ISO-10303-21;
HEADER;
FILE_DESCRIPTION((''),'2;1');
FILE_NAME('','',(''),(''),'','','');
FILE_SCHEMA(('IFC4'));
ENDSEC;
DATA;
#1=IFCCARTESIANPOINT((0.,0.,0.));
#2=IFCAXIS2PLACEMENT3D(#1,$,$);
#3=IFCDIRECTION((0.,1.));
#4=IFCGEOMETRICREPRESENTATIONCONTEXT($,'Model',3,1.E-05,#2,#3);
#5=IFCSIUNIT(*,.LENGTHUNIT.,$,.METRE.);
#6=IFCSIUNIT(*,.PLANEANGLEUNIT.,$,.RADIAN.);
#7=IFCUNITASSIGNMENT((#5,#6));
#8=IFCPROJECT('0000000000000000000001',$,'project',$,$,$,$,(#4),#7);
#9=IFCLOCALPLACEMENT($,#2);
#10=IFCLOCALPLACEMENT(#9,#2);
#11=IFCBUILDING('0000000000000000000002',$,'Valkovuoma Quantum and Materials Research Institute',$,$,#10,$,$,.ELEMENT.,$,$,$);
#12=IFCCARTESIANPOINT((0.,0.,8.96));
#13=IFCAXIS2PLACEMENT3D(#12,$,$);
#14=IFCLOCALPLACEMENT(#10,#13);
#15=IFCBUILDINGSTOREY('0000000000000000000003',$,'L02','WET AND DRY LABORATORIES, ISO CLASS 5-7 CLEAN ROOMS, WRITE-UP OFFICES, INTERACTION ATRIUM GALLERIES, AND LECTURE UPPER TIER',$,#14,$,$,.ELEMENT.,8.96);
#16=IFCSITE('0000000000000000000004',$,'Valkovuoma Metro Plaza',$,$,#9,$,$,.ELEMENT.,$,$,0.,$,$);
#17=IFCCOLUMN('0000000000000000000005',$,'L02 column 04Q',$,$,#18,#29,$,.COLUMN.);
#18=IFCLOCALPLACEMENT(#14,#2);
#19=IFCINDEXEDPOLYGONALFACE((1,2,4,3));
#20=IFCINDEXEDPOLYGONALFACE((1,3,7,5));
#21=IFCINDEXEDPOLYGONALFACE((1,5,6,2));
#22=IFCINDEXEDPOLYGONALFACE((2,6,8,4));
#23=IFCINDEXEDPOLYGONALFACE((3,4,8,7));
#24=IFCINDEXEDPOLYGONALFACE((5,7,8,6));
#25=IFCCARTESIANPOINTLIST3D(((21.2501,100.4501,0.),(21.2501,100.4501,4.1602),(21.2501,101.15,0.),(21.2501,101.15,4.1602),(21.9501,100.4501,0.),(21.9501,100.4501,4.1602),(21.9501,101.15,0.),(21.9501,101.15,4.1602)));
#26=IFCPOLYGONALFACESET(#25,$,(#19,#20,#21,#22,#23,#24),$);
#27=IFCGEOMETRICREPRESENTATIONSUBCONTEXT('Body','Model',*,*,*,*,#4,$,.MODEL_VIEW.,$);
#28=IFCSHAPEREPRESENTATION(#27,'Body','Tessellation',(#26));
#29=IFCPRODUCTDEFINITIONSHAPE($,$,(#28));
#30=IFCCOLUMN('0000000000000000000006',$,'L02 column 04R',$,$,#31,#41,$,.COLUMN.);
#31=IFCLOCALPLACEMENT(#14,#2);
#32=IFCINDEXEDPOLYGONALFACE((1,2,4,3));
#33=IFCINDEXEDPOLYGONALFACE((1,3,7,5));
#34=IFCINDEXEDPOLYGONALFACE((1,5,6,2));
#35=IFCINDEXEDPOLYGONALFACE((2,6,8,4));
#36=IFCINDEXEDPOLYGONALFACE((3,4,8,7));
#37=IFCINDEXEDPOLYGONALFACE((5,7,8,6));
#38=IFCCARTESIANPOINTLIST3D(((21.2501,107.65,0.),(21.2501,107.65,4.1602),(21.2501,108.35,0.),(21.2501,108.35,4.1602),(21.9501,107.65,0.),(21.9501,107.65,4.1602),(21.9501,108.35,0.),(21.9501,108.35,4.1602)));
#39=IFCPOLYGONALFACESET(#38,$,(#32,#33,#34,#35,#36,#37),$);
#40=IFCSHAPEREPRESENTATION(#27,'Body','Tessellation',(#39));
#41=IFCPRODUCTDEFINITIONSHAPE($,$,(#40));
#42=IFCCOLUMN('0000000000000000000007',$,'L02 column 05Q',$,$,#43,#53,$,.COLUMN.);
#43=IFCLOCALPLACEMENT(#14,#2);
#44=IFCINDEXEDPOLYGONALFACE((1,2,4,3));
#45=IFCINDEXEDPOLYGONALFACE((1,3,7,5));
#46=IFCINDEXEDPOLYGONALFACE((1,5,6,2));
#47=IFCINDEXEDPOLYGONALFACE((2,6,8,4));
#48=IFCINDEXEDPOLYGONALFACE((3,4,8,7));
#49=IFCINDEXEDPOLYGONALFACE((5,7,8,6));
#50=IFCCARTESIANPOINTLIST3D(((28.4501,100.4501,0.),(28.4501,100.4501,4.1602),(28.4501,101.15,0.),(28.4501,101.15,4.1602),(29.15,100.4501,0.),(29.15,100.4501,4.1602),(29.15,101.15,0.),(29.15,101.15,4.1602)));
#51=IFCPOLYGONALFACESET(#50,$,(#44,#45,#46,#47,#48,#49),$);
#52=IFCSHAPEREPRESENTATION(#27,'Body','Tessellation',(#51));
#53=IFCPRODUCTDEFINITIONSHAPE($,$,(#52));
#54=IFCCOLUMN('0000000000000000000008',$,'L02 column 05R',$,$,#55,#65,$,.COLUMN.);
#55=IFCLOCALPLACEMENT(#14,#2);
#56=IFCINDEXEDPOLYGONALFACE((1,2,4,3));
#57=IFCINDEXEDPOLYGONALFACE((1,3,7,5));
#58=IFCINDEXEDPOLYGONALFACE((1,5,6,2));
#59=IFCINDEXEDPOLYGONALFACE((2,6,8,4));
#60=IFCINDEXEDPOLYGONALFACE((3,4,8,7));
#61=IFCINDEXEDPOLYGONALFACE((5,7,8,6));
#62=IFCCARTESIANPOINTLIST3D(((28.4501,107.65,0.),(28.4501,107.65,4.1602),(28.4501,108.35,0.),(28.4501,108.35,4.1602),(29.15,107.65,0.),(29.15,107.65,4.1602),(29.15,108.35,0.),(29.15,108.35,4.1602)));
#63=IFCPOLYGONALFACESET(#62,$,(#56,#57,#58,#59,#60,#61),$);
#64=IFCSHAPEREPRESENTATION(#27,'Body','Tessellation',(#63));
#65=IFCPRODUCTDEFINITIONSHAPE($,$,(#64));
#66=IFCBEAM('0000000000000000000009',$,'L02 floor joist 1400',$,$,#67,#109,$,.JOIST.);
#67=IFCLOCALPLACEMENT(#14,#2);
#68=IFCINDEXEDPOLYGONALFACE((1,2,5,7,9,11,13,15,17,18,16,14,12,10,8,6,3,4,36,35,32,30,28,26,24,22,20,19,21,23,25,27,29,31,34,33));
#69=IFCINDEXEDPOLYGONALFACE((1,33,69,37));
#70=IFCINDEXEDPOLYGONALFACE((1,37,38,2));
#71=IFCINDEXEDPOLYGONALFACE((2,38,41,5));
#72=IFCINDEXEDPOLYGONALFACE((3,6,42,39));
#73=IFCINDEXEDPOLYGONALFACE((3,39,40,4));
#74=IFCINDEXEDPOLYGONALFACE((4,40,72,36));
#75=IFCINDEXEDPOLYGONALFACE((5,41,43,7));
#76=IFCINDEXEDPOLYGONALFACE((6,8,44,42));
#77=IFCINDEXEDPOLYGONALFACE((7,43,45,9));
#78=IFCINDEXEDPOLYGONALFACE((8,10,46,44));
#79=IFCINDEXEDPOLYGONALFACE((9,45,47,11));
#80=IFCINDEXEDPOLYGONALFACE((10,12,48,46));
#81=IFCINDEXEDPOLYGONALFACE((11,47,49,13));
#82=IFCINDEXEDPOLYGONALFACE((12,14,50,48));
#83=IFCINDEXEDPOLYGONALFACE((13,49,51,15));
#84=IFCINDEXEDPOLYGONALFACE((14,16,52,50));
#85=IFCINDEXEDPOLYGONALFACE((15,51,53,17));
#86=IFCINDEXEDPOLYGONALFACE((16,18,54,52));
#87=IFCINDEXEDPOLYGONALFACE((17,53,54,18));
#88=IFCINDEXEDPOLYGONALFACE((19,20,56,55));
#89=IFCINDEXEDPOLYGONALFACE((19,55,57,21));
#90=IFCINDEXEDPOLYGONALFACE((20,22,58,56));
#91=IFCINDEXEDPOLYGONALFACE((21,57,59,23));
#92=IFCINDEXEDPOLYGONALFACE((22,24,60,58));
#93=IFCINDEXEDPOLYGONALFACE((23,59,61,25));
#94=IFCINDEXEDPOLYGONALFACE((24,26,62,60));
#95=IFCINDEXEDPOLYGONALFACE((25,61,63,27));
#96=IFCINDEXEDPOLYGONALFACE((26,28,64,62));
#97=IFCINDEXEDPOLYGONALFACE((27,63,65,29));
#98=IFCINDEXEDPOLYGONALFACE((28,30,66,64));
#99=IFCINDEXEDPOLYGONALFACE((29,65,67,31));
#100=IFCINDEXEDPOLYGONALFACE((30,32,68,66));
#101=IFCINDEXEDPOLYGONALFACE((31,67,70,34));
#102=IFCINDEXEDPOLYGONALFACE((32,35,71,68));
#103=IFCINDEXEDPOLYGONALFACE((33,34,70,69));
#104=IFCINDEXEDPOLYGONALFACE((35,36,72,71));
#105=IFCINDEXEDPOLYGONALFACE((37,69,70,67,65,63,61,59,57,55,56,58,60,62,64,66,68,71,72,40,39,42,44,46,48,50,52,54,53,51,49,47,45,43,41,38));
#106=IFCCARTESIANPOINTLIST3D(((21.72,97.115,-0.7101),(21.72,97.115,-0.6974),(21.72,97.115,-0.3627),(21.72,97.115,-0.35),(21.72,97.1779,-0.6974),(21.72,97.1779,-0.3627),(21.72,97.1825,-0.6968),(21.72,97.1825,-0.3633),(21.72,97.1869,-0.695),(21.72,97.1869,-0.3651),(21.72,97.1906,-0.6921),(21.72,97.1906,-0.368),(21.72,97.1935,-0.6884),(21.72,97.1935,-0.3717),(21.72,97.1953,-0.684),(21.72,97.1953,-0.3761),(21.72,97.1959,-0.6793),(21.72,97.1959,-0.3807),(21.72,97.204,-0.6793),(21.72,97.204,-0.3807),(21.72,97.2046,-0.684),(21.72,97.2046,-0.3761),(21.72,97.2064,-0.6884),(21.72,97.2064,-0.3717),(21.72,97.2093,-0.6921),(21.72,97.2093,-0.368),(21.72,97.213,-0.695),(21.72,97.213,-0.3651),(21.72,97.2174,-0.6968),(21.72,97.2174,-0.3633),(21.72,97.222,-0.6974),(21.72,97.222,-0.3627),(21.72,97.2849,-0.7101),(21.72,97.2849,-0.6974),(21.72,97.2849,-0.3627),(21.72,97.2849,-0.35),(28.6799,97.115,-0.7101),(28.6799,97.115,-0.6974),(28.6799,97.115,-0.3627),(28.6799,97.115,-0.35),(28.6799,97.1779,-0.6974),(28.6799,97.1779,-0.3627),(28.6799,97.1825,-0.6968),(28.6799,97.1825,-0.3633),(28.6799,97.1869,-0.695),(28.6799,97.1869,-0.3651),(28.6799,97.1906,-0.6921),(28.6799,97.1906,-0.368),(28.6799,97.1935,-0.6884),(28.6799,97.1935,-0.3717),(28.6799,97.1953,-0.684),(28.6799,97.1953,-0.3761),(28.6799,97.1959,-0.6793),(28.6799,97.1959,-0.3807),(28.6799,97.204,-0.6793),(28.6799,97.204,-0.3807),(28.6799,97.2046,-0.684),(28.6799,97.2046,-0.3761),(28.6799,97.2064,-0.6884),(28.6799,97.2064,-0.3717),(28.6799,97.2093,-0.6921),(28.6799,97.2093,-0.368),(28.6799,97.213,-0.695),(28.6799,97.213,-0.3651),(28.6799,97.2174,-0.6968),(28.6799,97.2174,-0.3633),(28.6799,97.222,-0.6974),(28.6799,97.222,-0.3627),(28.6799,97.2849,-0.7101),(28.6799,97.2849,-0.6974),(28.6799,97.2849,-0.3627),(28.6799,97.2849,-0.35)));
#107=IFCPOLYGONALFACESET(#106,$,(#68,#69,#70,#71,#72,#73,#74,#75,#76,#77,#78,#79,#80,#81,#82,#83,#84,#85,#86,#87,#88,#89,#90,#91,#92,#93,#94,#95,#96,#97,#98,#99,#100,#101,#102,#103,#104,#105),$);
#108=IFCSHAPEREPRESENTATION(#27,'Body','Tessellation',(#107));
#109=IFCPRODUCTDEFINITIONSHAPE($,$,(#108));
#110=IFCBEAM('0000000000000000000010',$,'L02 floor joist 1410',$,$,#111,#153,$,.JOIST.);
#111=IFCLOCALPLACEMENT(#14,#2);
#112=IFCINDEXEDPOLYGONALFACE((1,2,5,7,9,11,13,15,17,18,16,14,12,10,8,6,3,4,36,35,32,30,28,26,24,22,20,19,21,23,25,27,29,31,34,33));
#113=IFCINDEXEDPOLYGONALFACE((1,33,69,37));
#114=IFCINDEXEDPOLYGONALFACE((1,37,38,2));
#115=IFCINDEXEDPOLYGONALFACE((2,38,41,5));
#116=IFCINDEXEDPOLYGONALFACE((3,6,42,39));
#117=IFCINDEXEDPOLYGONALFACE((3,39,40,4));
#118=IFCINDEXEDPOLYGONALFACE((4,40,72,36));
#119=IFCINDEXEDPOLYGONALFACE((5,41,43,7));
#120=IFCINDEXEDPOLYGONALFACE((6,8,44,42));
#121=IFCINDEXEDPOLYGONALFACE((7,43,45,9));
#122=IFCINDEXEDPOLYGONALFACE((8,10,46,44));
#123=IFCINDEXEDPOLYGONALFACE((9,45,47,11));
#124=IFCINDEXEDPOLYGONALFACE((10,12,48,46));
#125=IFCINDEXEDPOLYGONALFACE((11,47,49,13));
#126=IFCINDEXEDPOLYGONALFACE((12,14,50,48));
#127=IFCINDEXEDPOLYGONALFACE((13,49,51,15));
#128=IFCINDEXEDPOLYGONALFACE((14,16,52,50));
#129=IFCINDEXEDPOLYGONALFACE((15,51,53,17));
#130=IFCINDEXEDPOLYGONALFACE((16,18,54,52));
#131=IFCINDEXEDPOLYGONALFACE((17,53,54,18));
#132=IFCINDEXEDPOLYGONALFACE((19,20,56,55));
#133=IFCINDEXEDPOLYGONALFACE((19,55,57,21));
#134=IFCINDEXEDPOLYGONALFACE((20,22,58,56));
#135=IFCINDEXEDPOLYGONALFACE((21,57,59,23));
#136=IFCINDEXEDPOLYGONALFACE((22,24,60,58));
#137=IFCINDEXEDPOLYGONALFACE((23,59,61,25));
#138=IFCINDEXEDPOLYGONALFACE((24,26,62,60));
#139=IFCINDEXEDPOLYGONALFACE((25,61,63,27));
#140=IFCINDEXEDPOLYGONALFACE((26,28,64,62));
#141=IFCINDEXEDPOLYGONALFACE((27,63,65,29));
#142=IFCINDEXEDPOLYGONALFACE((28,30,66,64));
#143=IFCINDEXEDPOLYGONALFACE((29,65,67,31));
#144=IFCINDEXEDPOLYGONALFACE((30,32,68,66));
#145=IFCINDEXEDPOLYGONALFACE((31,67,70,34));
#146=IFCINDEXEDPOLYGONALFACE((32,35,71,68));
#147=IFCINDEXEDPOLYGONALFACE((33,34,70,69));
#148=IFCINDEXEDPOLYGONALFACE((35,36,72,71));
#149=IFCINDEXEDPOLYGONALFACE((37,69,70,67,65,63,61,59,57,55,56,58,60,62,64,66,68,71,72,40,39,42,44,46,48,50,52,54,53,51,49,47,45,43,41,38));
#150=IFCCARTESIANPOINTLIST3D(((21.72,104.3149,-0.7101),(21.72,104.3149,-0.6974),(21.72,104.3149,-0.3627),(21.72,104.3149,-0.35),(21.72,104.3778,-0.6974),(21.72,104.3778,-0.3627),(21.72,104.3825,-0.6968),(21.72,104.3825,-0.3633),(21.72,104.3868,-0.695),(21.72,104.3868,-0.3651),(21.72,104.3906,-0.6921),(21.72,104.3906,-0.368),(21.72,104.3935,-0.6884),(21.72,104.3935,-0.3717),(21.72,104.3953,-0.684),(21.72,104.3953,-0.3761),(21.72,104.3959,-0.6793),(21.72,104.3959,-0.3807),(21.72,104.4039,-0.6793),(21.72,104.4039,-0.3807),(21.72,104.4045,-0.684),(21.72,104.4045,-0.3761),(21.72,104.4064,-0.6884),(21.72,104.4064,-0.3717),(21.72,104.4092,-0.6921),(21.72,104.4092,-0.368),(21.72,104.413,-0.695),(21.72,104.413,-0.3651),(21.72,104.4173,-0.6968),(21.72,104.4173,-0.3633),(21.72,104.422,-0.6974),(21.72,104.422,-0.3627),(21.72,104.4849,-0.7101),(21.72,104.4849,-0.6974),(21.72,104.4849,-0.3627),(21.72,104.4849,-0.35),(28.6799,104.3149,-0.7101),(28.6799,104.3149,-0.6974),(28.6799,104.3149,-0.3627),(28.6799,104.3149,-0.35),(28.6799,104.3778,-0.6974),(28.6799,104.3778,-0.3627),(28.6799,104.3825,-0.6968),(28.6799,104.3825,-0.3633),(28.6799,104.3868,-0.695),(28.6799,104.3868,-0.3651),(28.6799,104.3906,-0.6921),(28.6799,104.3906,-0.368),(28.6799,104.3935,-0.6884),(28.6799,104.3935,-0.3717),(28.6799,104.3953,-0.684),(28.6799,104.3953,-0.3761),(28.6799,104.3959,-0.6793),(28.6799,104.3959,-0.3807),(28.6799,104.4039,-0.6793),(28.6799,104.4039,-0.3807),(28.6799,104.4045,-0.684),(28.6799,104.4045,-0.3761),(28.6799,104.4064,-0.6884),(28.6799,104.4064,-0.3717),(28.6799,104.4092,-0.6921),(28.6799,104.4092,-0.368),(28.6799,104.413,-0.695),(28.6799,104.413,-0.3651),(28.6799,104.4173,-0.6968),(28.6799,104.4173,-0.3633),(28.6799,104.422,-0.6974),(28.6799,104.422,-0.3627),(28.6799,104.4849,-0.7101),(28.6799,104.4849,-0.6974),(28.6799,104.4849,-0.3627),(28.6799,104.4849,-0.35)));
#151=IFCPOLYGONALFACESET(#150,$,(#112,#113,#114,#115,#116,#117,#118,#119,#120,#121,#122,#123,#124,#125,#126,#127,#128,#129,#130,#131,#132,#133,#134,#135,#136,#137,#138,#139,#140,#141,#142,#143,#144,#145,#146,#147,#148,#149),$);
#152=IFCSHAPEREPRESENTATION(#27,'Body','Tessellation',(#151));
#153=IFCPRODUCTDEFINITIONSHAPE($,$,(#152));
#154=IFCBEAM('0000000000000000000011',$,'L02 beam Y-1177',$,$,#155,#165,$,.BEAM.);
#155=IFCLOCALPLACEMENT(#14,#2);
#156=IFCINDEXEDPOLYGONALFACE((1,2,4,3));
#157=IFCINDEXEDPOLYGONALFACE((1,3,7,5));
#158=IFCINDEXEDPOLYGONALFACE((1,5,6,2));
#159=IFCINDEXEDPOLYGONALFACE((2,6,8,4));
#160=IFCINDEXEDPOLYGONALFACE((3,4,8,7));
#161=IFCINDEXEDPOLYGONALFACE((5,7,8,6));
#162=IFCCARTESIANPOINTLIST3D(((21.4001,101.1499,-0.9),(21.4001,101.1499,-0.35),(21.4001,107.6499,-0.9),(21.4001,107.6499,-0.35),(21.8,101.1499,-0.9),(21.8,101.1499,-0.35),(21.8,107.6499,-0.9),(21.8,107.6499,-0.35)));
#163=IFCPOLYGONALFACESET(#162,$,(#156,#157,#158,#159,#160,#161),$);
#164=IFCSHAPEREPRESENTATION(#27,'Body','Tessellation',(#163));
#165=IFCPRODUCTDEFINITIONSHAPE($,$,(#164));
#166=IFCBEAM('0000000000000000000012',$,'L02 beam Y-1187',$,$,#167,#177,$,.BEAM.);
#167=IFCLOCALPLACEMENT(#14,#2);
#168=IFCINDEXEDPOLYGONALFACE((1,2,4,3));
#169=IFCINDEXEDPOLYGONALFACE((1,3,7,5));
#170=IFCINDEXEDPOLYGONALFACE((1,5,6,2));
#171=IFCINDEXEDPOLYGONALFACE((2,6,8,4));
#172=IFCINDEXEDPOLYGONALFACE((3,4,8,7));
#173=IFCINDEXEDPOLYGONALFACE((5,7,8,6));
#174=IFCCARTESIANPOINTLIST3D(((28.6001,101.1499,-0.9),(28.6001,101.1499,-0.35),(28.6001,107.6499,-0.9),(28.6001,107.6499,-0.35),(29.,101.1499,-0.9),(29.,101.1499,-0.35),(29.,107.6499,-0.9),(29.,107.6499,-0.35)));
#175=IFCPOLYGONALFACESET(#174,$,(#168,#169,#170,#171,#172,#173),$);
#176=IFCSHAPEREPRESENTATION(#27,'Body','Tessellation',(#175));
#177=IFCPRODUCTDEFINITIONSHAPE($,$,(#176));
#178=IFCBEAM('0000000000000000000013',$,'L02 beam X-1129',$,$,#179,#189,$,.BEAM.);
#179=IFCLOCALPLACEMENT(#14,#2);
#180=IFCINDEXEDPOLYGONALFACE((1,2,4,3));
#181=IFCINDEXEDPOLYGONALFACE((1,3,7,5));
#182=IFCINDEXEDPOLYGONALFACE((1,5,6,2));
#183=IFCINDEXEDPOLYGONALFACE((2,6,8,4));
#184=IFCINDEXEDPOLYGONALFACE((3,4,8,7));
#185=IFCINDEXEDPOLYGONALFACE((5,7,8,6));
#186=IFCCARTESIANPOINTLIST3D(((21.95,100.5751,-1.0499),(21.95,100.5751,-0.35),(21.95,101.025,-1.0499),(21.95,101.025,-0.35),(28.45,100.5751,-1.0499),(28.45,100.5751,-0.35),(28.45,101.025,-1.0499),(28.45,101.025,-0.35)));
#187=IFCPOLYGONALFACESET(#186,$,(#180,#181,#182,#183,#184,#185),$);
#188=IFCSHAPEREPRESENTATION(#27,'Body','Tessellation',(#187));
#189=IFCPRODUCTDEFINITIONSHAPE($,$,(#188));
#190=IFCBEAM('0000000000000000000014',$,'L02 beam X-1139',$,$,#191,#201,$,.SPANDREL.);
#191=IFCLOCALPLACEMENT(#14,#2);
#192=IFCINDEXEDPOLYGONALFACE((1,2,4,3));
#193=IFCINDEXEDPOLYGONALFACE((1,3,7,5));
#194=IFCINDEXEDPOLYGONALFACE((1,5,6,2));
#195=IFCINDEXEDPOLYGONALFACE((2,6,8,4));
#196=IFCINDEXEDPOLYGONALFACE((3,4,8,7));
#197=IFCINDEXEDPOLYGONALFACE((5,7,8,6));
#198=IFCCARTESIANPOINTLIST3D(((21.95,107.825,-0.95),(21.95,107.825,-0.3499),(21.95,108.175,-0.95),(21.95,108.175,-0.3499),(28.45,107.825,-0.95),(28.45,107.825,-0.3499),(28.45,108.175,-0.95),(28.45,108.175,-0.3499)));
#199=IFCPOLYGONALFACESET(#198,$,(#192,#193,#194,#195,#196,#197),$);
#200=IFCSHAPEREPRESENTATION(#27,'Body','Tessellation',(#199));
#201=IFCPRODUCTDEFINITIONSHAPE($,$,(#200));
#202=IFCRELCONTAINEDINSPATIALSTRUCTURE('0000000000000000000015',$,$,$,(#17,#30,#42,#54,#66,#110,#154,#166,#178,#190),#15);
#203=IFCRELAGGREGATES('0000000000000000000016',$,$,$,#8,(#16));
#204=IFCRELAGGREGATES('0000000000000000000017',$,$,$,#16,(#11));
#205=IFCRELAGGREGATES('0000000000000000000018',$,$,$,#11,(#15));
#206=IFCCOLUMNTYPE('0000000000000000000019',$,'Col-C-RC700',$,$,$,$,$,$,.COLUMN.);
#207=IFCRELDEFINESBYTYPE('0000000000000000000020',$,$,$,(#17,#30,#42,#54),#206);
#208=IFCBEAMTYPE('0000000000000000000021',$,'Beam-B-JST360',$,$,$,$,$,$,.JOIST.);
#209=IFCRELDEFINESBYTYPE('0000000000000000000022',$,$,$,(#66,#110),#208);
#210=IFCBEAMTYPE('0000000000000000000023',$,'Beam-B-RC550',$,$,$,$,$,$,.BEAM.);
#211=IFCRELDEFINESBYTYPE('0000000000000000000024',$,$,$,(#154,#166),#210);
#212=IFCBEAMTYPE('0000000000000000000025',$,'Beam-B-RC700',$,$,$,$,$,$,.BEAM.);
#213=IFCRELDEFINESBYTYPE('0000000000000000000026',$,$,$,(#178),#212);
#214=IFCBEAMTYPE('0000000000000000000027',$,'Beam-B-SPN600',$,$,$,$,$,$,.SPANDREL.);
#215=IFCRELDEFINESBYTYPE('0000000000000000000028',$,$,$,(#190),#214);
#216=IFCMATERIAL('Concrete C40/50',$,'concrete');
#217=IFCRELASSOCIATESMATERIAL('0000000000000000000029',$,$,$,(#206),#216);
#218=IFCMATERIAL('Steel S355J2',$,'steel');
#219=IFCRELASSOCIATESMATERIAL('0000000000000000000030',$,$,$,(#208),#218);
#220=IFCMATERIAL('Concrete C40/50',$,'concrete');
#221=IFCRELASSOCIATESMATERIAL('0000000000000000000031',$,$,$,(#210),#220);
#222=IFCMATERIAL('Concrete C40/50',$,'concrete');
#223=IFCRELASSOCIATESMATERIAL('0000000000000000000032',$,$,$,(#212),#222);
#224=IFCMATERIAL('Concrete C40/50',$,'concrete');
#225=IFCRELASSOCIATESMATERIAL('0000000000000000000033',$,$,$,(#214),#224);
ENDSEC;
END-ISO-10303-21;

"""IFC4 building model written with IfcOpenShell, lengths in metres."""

from ifc_helpers import new_model, si_unit, direction, frame, origin, origin_2d, place, context, subcontext, project, spatial, rectangle, i_section, extrude, material, material_profile, profile_set, type_object, element, save


model = new_model("IFC4")

# Units and contexts
model_context = context("Model", 3, precision=1e-05, world=origin(), true_north=direction((0.0, 1.0)))
body_context = subcontext(model_context, "Body", "Model", "MODEL_VIEW")
ifc_project = project(units=[si_unit("LENGTHUNIT", "METRE"), si_unit("PLANEANGLEUNIT", "RADIAN")], contexts=[model_context])

# Site, building, storey
site_placement = place(None, origin())
site = spatial("IfcSite", under=ifc_project, at=site_placement, Name="Valkovuoma Metro Plaza", CompositionType="ELEMENT", RefElevation=0.0)
building_placement = place(site_placement, origin())
building = spatial("IfcBuilding", under=site, at=building_placement, Name="Valkovuoma Quantum and Materials Research Institute", CompositionType="ELEMENT")
storey_placement = place(building_placement, frame((0.0, 0.0, 8.96)))
storey = spatial("IfcBuildingStorey", under=building, at=storey_placement, Name="L02", Description="WET AND DRY LABORATORIES, ISO CLASS 5-7 CLEAN ROOMS, WRITE-UP OFFICES, INTERACTION ATRIUM GALLERIES, AND LECTURE UPPER TIER", CompositionType="ELEMENT", Elevation=8.96)

# Columns
ifc_material_1 = material(Name="Concrete C40/50", Category="concrete")
ifc_material_profile_1 = material_profile(ifc_material_1, rectangle(XDim=0.7, YDim=0.7, at=origin_2d()), Name="Concrete C40/50")
ifc_profile_set_1 = profile_set([ifc_material_profile_1], Name="Concrete C40/50")
column_type = type_object("IfcColumnType", Name="Col-C-RC700", PredefinedType="COLUMN", material=ifc_profile_set_1)
for number, where, z_axis, x_axis, name in (
    (1, (21.6001, 100.8, 0.0), (0.0, 0.0, 1.0), (1.0, 0.0, 0.0), "L02 column 04Q"),
    (2, (21.6001, 108.0, 0.0), (0.0, 0.0, 1.0), (1.0, 0.0, 0.0), "L02 column 04R"),
    (3, (28.8, 100.8, 0.0), (0.0, 0.0, 1.0), (1.0, 0.0, 0.0), "L02 column 05Q"),
    (4, (28.8, 108.0, 0.0), (0.0, 0.0, 1.0), (1.0, 0.0, 0.0), "L02 column 05R"),
):
    element("IfcColumn", number, at=place(storey_placement, frame(where, z_axis=z_axis, x_axis=x_axis)), inside=storey, type_object=column_type, Name=name, PredefinedType="COLUMN", context=body_context, shape_type="SweptSolid", body=[
        extrude(rectangle(XDim=0.7, YDim=0.7, at=origin_2d()), origin(), (0.0, 0.0, 1.0), 4.1602),
    ])

# Beams
ifc_material_2 = material(Name="Steel S355J2", Category="steel")
ifc_material_profile_2 = material_profile(ifc_material_2, i_section(OverallWidth=0.1699, OverallDepth=0.3601, WebThickness=0.0081, FlangeThickness=0.0127, FilletRadius=0.0181, at=origin_2d()), Name="Steel S355J2")
ifc_profile_set_2 = profile_set([ifc_material_profile_2], Name="Steel S355J2")
beam_type_1 = type_object("IfcBeamType", Name="Beam-B-JST360", PredefinedType="JOIST", material=ifc_profile_set_2)
for number, where, z_axis, x_axis, name in (
    (5, (21.72, 97.2, -0.53), (1.0, 0.0, 0.0), (0.0, 1.0, 0.0), "L02 floor joist 1400"),
    (6, (21.72, 104.3999, -0.53), (1.0, 0.0, 0.0), (0.0, 1.0, 0.0), "L02 floor joist 1410"),
):
    element("IfcBeam", number, at=place(storey_placement, frame(where, z_axis=z_axis, x_axis=x_axis)), inside=storey, type_object=beam_type_1, Name=name, PredefinedType="JOIST", context=body_context, shape_type="SweptSolid", body=[
        extrude(i_section(OverallWidth=0.1699, OverallDepth=0.3601, WebThickness=0.0081, FlangeThickness=0.0127, FilletRadius=0.0181, at=origin_2d()), origin(), (0.0, 0.0, 1.0), 6.96),
    ])
ifc_material_3 = material(Name="Concrete C40/50", Category="concrete")
ifc_material_profile_3 = material_profile(ifc_material_3, rectangle(XDim=0.3999, YDim=0.55, at=origin_2d()), Name="Concrete C40/50")
ifc_profile_set_3 = profile_set([ifc_material_profile_3], Name="Concrete C40/50")
beam_type_2 = type_object("IfcBeamType", Name="Beam-B-RC550", PredefinedType="BEAM", material=ifc_profile_set_3)
for number, where, z_axis, x_axis, name in (
    (7, (21.6001, 101.1499, -0.625), (0.0, 1.0, 0.0), (-1.0, 0.0, 0.0), "L02 beam Y-1177"),
    (8, (28.8, 101.1499, -0.625), (0.0, 1.0, 0.0), (-1.0, 0.0, 0.0), "L02 beam Y-1187"),
):
    element("IfcBeam", number, at=place(storey_placement, frame(where, z_axis=z_axis, x_axis=x_axis)), inside=storey, type_object=beam_type_2, Name=name, PredefinedType="BEAM", context=body_context, shape_type="SweptSolid", body=[
        extrude(rectangle(XDim=0.3999, YDim=0.55, at=origin_2d()), origin(), (0.0, 0.0, 1.0), 6.5),
    ])
ifc_material_4 = material(Name="Concrete C40/50", Category="concrete")
ifc_material_profile_4 = material_profile(ifc_material_4, rectangle(XDim=0.45, YDim=0.7, at=origin_2d()), Name="Concrete C40/50")
ifc_profile_set_4 = profile_set([ifc_material_profile_4], Name="Concrete C40/50")
beam_type_3 = type_object("IfcBeamType", Name="Beam-B-RC700", PredefinedType="BEAM", material=ifc_profile_set_4)
beam_1_placement = place(storey_placement, frame((21.95, 100.8, -0.7), z_axis=(1.0, 0.0, 0.0), x_axis=(0.0, 1.0, 0.0)))
element("IfcBeam", 9, at=beam_1_placement, inside=storey, type_object=beam_type_3, Name="L02 beam X-1129", PredefinedType="BEAM", context=body_context, shape_type="SweptSolid", body=[
    extrude(rectangle(XDim=0.45, YDim=0.7, at=origin_2d()), origin(), (0.0, 0.0, 1.0), 6.5),
])
ifc_material_5 = material(Name="Concrete C40/50", Category="concrete")
ifc_material_profile_5 = material_profile(ifc_material_5, rectangle(XDim=0.3501, YDim=0.6001, at=origin_2d()), Name="Concrete C40/50")
ifc_profile_set_5 = profile_set([ifc_material_profile_5], Name="Concrete C40/50")
beam_type_4 = type_object("IfcBeamType", Name="Beam-B-SPN600", PredefinedType="SPANDREL", material=ifc_profile_set_5)
beam_2_placement = place(storey_placement, frame((21.95, 108.0, -0.6499), z_axis=(1.0, 0.0, 0.0), x_axis=(0.0, 1.0, 0.0)))
element("IfcBeam", 10, at=beam_2_placement, inside=storey, type_object=beam_type_4, Name="L02 beam X-1139", PredefinedType="SPANDREL", context=body_context, shape_type="SweptSolid", body=[
    extrude(rectangle(XDim=0.3501, YDim=0.6001, at=origin_2d()), origin(), (0.0, 0.0, 1.0), 6.5),
])

save(model, "model.ifc")
